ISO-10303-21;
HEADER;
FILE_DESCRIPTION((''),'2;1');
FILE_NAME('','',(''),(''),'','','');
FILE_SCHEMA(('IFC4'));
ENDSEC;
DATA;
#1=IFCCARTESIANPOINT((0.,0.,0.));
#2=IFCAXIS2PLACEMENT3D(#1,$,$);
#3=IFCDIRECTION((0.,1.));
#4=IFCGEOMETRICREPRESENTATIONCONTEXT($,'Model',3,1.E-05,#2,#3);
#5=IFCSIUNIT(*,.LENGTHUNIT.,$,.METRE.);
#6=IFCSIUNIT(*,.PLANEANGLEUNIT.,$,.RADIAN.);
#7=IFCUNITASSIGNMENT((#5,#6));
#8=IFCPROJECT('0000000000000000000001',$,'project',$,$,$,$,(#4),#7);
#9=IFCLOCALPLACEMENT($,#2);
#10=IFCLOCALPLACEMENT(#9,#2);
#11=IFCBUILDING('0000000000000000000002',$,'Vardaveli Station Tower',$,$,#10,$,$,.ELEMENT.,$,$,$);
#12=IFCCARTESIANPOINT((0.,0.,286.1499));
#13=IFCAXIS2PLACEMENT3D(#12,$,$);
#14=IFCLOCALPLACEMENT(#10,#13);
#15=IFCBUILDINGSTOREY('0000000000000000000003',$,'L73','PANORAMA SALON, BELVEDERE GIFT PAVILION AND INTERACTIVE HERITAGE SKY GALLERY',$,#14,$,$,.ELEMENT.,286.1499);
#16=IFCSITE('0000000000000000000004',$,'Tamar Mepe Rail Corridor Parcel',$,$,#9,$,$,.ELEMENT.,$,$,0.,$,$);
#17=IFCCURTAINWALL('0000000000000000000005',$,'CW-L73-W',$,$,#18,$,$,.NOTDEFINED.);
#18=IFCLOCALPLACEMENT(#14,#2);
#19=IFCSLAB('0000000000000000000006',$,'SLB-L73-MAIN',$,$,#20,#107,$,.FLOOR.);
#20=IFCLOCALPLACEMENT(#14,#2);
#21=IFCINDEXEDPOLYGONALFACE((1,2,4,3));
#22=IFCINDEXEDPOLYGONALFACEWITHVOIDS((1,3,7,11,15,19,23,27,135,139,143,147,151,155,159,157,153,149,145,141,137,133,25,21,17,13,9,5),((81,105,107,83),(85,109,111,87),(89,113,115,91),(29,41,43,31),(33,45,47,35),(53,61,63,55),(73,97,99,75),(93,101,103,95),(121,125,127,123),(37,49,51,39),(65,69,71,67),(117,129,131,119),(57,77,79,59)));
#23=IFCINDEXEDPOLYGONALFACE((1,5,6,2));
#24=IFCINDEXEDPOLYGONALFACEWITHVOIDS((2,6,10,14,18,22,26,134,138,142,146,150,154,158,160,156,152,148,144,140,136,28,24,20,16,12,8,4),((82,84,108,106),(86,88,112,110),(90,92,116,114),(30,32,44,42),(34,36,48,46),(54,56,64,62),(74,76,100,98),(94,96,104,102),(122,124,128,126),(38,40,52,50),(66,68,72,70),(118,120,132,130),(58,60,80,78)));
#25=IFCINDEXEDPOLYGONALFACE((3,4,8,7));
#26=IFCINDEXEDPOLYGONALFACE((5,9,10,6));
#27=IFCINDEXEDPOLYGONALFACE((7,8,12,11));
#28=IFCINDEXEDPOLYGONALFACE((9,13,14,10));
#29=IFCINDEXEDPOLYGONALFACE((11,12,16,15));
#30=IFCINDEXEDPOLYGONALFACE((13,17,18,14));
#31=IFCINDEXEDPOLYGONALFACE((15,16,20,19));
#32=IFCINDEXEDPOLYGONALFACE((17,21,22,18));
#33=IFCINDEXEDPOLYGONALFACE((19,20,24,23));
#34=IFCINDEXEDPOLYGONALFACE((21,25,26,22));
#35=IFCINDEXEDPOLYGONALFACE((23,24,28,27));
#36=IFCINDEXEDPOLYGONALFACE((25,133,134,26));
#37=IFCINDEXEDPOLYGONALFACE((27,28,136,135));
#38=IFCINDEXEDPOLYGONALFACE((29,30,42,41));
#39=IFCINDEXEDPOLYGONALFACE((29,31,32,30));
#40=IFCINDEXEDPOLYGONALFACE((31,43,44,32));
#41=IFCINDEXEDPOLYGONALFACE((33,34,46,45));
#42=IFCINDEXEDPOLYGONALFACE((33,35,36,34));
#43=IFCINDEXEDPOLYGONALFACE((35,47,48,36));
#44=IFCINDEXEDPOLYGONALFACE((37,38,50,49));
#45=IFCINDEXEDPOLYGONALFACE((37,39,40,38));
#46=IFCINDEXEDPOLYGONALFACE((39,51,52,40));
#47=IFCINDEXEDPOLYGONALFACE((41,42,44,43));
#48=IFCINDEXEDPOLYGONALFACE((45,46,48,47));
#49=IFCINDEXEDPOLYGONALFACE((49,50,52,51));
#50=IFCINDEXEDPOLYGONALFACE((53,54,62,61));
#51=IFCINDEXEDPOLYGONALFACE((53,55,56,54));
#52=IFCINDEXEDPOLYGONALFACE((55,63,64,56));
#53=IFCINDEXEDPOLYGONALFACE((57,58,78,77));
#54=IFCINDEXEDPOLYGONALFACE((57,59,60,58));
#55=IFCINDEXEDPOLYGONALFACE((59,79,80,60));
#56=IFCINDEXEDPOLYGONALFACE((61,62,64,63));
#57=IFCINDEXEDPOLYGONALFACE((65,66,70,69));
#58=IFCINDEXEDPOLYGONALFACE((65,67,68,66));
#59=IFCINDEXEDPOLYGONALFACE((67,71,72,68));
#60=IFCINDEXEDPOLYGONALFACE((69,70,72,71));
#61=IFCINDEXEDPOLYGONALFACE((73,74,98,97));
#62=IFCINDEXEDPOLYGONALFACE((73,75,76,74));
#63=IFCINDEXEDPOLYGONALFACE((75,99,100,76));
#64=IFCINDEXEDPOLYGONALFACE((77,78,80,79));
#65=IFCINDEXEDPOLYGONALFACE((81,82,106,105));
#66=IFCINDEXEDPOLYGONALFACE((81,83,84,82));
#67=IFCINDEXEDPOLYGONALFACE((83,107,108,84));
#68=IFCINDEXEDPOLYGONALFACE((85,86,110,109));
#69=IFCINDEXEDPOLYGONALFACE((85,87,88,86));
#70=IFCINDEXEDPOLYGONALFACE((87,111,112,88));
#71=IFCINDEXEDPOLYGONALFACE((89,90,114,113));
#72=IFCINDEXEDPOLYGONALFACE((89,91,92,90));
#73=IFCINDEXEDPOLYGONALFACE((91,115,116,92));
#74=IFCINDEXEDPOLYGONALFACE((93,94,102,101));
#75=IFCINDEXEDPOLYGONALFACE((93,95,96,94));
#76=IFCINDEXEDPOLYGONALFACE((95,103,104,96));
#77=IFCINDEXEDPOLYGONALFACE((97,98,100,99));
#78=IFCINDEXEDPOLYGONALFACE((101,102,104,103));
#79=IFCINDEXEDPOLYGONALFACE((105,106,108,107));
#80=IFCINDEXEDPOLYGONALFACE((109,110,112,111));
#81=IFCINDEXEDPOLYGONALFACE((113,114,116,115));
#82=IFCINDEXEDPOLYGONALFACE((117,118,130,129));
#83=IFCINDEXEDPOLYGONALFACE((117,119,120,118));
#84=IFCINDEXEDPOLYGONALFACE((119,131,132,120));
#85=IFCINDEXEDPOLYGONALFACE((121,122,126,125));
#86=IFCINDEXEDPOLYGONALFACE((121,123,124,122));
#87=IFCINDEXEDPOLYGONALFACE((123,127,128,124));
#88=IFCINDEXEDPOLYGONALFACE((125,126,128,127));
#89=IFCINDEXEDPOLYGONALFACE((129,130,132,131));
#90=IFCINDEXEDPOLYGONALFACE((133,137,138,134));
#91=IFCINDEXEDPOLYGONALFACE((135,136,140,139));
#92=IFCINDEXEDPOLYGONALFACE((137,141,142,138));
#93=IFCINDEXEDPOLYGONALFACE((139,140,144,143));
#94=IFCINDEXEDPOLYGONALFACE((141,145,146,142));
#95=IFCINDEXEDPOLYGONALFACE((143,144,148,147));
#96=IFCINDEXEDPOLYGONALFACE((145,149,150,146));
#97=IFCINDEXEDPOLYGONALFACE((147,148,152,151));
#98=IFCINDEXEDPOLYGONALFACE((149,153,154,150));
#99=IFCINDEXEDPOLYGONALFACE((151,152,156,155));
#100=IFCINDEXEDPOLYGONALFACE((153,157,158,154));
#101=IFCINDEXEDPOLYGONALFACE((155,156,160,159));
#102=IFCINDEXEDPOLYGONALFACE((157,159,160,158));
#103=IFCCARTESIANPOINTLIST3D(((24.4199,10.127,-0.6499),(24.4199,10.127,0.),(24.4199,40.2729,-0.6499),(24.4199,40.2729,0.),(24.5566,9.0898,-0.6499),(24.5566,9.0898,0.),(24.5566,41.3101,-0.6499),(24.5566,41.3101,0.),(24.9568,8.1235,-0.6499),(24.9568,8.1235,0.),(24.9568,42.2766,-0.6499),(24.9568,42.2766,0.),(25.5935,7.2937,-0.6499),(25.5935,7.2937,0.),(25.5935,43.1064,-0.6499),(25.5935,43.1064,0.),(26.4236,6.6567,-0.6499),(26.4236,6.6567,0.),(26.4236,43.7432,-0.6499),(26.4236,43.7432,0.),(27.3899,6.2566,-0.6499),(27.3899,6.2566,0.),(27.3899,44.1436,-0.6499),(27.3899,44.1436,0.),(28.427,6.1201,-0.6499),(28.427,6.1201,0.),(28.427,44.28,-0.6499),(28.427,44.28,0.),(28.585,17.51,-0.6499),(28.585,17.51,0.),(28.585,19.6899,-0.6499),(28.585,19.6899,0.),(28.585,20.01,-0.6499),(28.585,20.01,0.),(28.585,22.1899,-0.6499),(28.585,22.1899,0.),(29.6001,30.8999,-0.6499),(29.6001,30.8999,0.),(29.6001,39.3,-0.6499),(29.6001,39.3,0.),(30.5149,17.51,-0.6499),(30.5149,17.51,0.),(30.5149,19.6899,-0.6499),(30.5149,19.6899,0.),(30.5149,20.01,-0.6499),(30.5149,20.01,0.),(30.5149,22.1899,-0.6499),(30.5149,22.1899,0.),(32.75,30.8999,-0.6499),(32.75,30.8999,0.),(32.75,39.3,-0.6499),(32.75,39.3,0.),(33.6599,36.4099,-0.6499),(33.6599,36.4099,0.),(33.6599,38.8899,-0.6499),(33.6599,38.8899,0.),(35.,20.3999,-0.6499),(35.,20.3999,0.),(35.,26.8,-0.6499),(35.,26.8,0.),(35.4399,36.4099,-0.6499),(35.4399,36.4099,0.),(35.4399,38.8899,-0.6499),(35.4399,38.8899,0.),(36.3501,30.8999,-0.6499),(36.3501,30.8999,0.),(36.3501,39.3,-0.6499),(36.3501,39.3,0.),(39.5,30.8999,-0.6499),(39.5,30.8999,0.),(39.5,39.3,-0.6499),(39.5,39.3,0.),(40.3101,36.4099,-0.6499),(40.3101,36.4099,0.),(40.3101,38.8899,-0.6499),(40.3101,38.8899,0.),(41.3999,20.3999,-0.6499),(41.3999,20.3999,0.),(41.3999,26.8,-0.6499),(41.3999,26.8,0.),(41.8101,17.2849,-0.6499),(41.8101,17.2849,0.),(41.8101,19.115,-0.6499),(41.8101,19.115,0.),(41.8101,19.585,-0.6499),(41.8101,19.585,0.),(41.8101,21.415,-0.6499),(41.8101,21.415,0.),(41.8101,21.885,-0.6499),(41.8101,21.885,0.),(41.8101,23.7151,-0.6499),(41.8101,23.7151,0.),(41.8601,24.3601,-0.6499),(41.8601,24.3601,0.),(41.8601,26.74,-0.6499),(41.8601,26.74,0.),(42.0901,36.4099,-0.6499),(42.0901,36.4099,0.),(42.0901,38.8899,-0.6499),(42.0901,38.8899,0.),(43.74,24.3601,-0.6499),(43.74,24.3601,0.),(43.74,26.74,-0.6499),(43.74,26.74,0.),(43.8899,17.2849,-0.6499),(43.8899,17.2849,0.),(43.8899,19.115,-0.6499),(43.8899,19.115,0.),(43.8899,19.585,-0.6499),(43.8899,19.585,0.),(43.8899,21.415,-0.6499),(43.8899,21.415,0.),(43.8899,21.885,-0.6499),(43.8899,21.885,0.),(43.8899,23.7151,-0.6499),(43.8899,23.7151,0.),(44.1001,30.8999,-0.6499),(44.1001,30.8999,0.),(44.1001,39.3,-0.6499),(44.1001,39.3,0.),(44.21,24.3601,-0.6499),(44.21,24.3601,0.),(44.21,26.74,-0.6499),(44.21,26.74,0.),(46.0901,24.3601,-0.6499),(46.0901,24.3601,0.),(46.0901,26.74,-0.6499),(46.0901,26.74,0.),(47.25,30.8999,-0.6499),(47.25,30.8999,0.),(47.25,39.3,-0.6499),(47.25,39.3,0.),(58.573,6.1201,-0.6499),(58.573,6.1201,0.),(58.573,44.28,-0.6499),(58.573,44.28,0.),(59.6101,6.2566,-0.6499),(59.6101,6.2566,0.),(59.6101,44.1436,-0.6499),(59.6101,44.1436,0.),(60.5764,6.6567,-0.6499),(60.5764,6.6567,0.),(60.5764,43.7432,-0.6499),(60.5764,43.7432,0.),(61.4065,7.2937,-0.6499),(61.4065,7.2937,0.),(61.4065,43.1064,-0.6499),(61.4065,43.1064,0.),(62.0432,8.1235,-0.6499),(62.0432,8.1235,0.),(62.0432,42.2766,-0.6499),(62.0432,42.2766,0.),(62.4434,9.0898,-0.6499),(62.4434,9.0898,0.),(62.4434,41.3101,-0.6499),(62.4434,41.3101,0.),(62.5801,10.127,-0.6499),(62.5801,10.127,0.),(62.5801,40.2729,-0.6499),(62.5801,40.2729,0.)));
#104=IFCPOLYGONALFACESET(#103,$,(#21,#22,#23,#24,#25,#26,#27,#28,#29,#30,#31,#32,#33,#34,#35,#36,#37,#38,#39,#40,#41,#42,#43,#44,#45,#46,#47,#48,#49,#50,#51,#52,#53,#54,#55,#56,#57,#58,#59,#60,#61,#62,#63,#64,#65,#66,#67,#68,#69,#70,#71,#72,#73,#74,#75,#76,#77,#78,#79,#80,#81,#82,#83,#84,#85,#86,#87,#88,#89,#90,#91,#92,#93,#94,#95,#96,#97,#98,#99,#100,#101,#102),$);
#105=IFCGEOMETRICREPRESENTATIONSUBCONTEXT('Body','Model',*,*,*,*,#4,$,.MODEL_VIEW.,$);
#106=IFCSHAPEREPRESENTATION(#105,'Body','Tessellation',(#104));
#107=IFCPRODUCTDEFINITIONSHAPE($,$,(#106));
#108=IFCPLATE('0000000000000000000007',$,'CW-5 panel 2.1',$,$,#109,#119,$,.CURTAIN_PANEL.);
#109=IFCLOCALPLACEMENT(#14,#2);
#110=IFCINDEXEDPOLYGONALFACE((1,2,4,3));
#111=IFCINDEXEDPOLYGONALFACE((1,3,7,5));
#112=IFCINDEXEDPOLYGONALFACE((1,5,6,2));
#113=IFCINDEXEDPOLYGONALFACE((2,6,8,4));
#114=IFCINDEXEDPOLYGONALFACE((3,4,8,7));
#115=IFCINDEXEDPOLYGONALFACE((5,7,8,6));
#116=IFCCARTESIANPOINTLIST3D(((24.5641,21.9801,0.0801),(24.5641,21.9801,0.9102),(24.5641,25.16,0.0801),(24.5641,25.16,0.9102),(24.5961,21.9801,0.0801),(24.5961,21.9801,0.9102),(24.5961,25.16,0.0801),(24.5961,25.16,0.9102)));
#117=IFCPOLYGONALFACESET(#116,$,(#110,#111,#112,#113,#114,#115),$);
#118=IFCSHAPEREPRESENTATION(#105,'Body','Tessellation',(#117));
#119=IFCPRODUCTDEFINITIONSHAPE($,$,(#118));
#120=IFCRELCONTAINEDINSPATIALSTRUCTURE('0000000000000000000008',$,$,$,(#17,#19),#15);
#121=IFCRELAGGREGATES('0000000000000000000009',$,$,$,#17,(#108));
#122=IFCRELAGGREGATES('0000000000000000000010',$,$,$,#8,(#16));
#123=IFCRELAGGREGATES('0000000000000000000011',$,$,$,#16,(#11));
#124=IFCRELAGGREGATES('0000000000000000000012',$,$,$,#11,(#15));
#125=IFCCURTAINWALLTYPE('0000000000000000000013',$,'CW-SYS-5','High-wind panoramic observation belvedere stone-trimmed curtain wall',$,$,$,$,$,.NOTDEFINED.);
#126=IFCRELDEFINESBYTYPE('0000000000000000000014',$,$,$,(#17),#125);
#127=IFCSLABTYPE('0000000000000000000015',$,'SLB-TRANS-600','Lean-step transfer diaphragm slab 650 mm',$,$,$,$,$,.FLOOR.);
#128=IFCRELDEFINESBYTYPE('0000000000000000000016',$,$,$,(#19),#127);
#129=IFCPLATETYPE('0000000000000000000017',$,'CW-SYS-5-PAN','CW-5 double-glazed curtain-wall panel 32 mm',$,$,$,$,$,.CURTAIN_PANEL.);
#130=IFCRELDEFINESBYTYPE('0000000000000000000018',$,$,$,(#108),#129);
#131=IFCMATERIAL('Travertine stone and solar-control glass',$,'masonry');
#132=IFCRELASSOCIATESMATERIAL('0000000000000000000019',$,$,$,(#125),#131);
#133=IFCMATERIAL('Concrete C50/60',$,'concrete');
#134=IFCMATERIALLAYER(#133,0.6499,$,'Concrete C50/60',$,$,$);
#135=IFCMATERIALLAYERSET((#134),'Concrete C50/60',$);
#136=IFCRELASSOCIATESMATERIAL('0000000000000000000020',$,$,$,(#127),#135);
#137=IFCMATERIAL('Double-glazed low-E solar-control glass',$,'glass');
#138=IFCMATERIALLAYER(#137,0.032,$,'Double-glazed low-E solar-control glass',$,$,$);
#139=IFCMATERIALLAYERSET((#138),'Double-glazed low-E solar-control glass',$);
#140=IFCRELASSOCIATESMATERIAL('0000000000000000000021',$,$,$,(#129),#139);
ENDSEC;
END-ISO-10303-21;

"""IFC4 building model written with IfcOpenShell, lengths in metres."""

from ifc_helpers import new_model, si_unit, direction, frame, origin, origin_2d, place, context, subcontext, project, spatial, polyline, rectangle, outline, extrude, source, transform, mapped, material, layer, layer_set, type_object, element, aggregate, save


model = new_model("IFC4")

# Units and contexts
model_context = context("Model", 3, precision=1e-05, world=origin(), true_north=direction((0.0, 1.0)))
body_context = subcontext(model_context, "Body", "Model", "MODEL_VIEW")
ifc_project = project(units=[si_unit("LENGTHUNIT", "METRE"), si_unit("PLANEANGLEUNIT", "RADIAN")], contexts=[model_context])

# Site, building, storey
site_placement = place(None, origin())
site = spatial("IfcSite", under=ifc_project, at=site_placement, Name="Tamar Mepe Rail Corridor Parcel", CompositionType="ELEMENT", RefElevation=0.0)
building_placement = place(site_placement, origin())
building = spatial("IfcBuilding", under=site, at=building_placement, Name="Vardaveli Station Tower", CompositionType="ELEMENT")
storey_placement = place(building_placement, frame((0.0, 0.0, 286.1499)))
storey = spatial("IfcBuildingStorey", under=building, at=storey_placement, Name="L73", Description="PANORAMA SALON, BELVEDERE GIFT PAVILION AND INTERACTIVE HERITAGE SKY GALLERY", CompositionType="ELEMENT", Elevation=286.1499)

# Curtain wall
ifc_material_1 = material(Name="Travertine stone and solar-control glass", Category="masonry")
curtain_wall_type = type_object("IfcCurtainWallType", Name="CW-SYS-5", Description="High-wind panoramic observation belvedere stone-trimmed curtain wall", PredefinedType="NOTDEFINED", material=ifc_material_1)
curtain_wall_placement = place(storey_placement, origin())
curtain_wall = element("IfcCurtainWall", 1, at=curtain_wall_placement, inside=storey, type_object=curtain_wall_type, Name="CW-L73-W", PredefinedType="NOTDEFINED")

# Slab
ifc_material_2 = material(Name="Concrete C50/60", Category="concrete")
ifc_layer_1 = layer(ifc_material_2, 0.6499, Name="Concrete C50/60")
ifc_layer_set_1 = layer_set([ifc_layer_1], Name="Concrete C50/60")
slab_type_1 = type_object("IfcSlabType", Name="SLB-TRANS-600", Description="Lean-step transfer diaphragm slab 650 mm", PredefinedType="FLOOR", material=ifc_layer_set_1)
slab_1_placement = place(storey_placement, frame((0.0, 0.0, -0.6499)))
element("IfcSlab", 2, at=slab_1_placement, inside=storey, type_object=slab_type_1, Name="SLB-L73-MAIN", PredefinedType="FLOOR", context=body_context, shape_type="SweptSolid", body=[
    extrude(outline(polyline([(24.4199, 10.127), (24.5566, 9.0898), (24.9568, 8.1235), (25.5935, 7.2937), (26.4236, 6.6567), (27.3899, 6.2566), (28.427, 6.1201), (58.573, 6.1201), (59.6101, 6.2566), (60.5764, 6.6567), (61.4065, 7.2937), (62.0432, 8.1235), (62.4434, 9.0898), (62.5801, 10.127), (62.5801, 40.2729), (62.4434, 41.3101), (62.0432, 42.2766), (61.4065, 43.1064), (60.5764, 43.7432), (59.6101, 44.1436), (58.573, 44.28), (28.427, 44.28), (27.3899, 44.1436), (26.4236, 43.7432), (25.5935, 43.1064), (24.9568, 42.2766), (24.5566, 41.3101), (24.4199, 40.2729), (24.4199, 10.127)]), holes=[polyline([(35.0, 20.3999), (41.3999, 20.3999), (41.3999, 26.8), (35.0, 26.8), (35.0, 20.3999)]), polyline([(32.75, 30.8999), (32.75, 39.3), (29.6001, 39.3), (29.6001, 30.8999), (32.75, 30.8999)]), polyline([(39.5, 30.8999), (39.5, 39.3), (36.3501, 39.3), (36.3501, 30.8999), (39.5, 30.8999)]), polyline([(47.25, 30.8999), (47.25, 39.3), (44.1001, 39.3), (44.1001, 30.8999), (47.25, 30.8999)]), polyline([(33.6599, 36.4099), (35.4399, 36.4099), (35.4399, 38.8899), (33.6599, 38.8899), (33.6599, 36.4099)]), polyline([(40.3101, 36.4099), (42.0901, 36.4099), (42.0901, 38.8899), (40.3101, 38.8899), (40.3101, 36.4099)]), polyline([(41.8101, 21.885), (43.8899, 21.885), (43.8899, 23.7151), (41.8101, 23.7151), (41.8101, 21.885)]), polyline([(41.8101, 19.585), (43.8899, 19.585), (43.8899, 21.415), (41.8101, 21.415), (41.8101, 19.585)]), polyline([(41.8101, 17.2849), (43.8899, 17.2849), (43.8899, 19.115), (41.8101, 19.115), (41.8101, 17.2849)]), polyline([(28.585, 17.51), (30.5149, 17.51), (30.5149, 19.6899), (28.585, 19.6899), (28.585, 17.51)]), polyline([(28.585, 20.01), (30.5149, 20.01), (30.5149, 22.1899), (28.585, 22.1899), (28.585, 20.01)]), polyline([(41.8601, 24.3601), (43.74, 24.3601), (43.74, 26.74), (41.8601, 26.74), (41.8601, 24.3601)]), polyline([(44.21, 24.3601), (46.0901, 24.3601), (46.0901, 26.74), (44.21, 26.74), (44.21, 24.3601)])]), origin(), (0.0, 0.0, 1.0), 0.6499),
])

# Plate
ifc_material_3 = material(Name="Double-glazed low-E solar-control glass", Category="glass")
ifc_layer_2 = layer(ifc_material_3, 0.032, Name="Double-glazed low-E solar-control glass")
ifc_layer_set_2 = layer_set([ifc_layer_2], Name="Double-glazed low-E solar-control glass")
plate_type = type_object("IfcPlateType", Name="CW-SYS-5-PAN", Description="CW-5 double-glazed curtain-wall panel 32 mm", PredefinedType="CURTAIN_PANEL", material=ifc_layer_set_2)
shared_shape_1 = source(origin(), body_context, "Body", "SweptSolid", [
    extrude(rectangle(XDim=3.1799, YDim=0.032, at=origin_2d()), origin(), (0.0, 0.0, 1.0), 0.8301),
])
plate_placement = place(storey_placement, frame((24.5801, 23.5701, 0.0801), z_axis=(0.0, 0.0, 1.0), x_axis=(0.0, -1.0, 0.0)))
plate = element("IfcPlate", 3, at=plate_placement, type_object=plate_type, Name="CW-5 panel 2.1", PredefinedType="CURTAIN_PANEL", context=body_context, shape_type="MappedRepresentation", body=[
    mapped(shared_shape_1, transform((0.0, 0.0, 0.0), scale=1.0)),
])
aggregate(curtain_wall, [plate])

save(model, "model.ifc")
